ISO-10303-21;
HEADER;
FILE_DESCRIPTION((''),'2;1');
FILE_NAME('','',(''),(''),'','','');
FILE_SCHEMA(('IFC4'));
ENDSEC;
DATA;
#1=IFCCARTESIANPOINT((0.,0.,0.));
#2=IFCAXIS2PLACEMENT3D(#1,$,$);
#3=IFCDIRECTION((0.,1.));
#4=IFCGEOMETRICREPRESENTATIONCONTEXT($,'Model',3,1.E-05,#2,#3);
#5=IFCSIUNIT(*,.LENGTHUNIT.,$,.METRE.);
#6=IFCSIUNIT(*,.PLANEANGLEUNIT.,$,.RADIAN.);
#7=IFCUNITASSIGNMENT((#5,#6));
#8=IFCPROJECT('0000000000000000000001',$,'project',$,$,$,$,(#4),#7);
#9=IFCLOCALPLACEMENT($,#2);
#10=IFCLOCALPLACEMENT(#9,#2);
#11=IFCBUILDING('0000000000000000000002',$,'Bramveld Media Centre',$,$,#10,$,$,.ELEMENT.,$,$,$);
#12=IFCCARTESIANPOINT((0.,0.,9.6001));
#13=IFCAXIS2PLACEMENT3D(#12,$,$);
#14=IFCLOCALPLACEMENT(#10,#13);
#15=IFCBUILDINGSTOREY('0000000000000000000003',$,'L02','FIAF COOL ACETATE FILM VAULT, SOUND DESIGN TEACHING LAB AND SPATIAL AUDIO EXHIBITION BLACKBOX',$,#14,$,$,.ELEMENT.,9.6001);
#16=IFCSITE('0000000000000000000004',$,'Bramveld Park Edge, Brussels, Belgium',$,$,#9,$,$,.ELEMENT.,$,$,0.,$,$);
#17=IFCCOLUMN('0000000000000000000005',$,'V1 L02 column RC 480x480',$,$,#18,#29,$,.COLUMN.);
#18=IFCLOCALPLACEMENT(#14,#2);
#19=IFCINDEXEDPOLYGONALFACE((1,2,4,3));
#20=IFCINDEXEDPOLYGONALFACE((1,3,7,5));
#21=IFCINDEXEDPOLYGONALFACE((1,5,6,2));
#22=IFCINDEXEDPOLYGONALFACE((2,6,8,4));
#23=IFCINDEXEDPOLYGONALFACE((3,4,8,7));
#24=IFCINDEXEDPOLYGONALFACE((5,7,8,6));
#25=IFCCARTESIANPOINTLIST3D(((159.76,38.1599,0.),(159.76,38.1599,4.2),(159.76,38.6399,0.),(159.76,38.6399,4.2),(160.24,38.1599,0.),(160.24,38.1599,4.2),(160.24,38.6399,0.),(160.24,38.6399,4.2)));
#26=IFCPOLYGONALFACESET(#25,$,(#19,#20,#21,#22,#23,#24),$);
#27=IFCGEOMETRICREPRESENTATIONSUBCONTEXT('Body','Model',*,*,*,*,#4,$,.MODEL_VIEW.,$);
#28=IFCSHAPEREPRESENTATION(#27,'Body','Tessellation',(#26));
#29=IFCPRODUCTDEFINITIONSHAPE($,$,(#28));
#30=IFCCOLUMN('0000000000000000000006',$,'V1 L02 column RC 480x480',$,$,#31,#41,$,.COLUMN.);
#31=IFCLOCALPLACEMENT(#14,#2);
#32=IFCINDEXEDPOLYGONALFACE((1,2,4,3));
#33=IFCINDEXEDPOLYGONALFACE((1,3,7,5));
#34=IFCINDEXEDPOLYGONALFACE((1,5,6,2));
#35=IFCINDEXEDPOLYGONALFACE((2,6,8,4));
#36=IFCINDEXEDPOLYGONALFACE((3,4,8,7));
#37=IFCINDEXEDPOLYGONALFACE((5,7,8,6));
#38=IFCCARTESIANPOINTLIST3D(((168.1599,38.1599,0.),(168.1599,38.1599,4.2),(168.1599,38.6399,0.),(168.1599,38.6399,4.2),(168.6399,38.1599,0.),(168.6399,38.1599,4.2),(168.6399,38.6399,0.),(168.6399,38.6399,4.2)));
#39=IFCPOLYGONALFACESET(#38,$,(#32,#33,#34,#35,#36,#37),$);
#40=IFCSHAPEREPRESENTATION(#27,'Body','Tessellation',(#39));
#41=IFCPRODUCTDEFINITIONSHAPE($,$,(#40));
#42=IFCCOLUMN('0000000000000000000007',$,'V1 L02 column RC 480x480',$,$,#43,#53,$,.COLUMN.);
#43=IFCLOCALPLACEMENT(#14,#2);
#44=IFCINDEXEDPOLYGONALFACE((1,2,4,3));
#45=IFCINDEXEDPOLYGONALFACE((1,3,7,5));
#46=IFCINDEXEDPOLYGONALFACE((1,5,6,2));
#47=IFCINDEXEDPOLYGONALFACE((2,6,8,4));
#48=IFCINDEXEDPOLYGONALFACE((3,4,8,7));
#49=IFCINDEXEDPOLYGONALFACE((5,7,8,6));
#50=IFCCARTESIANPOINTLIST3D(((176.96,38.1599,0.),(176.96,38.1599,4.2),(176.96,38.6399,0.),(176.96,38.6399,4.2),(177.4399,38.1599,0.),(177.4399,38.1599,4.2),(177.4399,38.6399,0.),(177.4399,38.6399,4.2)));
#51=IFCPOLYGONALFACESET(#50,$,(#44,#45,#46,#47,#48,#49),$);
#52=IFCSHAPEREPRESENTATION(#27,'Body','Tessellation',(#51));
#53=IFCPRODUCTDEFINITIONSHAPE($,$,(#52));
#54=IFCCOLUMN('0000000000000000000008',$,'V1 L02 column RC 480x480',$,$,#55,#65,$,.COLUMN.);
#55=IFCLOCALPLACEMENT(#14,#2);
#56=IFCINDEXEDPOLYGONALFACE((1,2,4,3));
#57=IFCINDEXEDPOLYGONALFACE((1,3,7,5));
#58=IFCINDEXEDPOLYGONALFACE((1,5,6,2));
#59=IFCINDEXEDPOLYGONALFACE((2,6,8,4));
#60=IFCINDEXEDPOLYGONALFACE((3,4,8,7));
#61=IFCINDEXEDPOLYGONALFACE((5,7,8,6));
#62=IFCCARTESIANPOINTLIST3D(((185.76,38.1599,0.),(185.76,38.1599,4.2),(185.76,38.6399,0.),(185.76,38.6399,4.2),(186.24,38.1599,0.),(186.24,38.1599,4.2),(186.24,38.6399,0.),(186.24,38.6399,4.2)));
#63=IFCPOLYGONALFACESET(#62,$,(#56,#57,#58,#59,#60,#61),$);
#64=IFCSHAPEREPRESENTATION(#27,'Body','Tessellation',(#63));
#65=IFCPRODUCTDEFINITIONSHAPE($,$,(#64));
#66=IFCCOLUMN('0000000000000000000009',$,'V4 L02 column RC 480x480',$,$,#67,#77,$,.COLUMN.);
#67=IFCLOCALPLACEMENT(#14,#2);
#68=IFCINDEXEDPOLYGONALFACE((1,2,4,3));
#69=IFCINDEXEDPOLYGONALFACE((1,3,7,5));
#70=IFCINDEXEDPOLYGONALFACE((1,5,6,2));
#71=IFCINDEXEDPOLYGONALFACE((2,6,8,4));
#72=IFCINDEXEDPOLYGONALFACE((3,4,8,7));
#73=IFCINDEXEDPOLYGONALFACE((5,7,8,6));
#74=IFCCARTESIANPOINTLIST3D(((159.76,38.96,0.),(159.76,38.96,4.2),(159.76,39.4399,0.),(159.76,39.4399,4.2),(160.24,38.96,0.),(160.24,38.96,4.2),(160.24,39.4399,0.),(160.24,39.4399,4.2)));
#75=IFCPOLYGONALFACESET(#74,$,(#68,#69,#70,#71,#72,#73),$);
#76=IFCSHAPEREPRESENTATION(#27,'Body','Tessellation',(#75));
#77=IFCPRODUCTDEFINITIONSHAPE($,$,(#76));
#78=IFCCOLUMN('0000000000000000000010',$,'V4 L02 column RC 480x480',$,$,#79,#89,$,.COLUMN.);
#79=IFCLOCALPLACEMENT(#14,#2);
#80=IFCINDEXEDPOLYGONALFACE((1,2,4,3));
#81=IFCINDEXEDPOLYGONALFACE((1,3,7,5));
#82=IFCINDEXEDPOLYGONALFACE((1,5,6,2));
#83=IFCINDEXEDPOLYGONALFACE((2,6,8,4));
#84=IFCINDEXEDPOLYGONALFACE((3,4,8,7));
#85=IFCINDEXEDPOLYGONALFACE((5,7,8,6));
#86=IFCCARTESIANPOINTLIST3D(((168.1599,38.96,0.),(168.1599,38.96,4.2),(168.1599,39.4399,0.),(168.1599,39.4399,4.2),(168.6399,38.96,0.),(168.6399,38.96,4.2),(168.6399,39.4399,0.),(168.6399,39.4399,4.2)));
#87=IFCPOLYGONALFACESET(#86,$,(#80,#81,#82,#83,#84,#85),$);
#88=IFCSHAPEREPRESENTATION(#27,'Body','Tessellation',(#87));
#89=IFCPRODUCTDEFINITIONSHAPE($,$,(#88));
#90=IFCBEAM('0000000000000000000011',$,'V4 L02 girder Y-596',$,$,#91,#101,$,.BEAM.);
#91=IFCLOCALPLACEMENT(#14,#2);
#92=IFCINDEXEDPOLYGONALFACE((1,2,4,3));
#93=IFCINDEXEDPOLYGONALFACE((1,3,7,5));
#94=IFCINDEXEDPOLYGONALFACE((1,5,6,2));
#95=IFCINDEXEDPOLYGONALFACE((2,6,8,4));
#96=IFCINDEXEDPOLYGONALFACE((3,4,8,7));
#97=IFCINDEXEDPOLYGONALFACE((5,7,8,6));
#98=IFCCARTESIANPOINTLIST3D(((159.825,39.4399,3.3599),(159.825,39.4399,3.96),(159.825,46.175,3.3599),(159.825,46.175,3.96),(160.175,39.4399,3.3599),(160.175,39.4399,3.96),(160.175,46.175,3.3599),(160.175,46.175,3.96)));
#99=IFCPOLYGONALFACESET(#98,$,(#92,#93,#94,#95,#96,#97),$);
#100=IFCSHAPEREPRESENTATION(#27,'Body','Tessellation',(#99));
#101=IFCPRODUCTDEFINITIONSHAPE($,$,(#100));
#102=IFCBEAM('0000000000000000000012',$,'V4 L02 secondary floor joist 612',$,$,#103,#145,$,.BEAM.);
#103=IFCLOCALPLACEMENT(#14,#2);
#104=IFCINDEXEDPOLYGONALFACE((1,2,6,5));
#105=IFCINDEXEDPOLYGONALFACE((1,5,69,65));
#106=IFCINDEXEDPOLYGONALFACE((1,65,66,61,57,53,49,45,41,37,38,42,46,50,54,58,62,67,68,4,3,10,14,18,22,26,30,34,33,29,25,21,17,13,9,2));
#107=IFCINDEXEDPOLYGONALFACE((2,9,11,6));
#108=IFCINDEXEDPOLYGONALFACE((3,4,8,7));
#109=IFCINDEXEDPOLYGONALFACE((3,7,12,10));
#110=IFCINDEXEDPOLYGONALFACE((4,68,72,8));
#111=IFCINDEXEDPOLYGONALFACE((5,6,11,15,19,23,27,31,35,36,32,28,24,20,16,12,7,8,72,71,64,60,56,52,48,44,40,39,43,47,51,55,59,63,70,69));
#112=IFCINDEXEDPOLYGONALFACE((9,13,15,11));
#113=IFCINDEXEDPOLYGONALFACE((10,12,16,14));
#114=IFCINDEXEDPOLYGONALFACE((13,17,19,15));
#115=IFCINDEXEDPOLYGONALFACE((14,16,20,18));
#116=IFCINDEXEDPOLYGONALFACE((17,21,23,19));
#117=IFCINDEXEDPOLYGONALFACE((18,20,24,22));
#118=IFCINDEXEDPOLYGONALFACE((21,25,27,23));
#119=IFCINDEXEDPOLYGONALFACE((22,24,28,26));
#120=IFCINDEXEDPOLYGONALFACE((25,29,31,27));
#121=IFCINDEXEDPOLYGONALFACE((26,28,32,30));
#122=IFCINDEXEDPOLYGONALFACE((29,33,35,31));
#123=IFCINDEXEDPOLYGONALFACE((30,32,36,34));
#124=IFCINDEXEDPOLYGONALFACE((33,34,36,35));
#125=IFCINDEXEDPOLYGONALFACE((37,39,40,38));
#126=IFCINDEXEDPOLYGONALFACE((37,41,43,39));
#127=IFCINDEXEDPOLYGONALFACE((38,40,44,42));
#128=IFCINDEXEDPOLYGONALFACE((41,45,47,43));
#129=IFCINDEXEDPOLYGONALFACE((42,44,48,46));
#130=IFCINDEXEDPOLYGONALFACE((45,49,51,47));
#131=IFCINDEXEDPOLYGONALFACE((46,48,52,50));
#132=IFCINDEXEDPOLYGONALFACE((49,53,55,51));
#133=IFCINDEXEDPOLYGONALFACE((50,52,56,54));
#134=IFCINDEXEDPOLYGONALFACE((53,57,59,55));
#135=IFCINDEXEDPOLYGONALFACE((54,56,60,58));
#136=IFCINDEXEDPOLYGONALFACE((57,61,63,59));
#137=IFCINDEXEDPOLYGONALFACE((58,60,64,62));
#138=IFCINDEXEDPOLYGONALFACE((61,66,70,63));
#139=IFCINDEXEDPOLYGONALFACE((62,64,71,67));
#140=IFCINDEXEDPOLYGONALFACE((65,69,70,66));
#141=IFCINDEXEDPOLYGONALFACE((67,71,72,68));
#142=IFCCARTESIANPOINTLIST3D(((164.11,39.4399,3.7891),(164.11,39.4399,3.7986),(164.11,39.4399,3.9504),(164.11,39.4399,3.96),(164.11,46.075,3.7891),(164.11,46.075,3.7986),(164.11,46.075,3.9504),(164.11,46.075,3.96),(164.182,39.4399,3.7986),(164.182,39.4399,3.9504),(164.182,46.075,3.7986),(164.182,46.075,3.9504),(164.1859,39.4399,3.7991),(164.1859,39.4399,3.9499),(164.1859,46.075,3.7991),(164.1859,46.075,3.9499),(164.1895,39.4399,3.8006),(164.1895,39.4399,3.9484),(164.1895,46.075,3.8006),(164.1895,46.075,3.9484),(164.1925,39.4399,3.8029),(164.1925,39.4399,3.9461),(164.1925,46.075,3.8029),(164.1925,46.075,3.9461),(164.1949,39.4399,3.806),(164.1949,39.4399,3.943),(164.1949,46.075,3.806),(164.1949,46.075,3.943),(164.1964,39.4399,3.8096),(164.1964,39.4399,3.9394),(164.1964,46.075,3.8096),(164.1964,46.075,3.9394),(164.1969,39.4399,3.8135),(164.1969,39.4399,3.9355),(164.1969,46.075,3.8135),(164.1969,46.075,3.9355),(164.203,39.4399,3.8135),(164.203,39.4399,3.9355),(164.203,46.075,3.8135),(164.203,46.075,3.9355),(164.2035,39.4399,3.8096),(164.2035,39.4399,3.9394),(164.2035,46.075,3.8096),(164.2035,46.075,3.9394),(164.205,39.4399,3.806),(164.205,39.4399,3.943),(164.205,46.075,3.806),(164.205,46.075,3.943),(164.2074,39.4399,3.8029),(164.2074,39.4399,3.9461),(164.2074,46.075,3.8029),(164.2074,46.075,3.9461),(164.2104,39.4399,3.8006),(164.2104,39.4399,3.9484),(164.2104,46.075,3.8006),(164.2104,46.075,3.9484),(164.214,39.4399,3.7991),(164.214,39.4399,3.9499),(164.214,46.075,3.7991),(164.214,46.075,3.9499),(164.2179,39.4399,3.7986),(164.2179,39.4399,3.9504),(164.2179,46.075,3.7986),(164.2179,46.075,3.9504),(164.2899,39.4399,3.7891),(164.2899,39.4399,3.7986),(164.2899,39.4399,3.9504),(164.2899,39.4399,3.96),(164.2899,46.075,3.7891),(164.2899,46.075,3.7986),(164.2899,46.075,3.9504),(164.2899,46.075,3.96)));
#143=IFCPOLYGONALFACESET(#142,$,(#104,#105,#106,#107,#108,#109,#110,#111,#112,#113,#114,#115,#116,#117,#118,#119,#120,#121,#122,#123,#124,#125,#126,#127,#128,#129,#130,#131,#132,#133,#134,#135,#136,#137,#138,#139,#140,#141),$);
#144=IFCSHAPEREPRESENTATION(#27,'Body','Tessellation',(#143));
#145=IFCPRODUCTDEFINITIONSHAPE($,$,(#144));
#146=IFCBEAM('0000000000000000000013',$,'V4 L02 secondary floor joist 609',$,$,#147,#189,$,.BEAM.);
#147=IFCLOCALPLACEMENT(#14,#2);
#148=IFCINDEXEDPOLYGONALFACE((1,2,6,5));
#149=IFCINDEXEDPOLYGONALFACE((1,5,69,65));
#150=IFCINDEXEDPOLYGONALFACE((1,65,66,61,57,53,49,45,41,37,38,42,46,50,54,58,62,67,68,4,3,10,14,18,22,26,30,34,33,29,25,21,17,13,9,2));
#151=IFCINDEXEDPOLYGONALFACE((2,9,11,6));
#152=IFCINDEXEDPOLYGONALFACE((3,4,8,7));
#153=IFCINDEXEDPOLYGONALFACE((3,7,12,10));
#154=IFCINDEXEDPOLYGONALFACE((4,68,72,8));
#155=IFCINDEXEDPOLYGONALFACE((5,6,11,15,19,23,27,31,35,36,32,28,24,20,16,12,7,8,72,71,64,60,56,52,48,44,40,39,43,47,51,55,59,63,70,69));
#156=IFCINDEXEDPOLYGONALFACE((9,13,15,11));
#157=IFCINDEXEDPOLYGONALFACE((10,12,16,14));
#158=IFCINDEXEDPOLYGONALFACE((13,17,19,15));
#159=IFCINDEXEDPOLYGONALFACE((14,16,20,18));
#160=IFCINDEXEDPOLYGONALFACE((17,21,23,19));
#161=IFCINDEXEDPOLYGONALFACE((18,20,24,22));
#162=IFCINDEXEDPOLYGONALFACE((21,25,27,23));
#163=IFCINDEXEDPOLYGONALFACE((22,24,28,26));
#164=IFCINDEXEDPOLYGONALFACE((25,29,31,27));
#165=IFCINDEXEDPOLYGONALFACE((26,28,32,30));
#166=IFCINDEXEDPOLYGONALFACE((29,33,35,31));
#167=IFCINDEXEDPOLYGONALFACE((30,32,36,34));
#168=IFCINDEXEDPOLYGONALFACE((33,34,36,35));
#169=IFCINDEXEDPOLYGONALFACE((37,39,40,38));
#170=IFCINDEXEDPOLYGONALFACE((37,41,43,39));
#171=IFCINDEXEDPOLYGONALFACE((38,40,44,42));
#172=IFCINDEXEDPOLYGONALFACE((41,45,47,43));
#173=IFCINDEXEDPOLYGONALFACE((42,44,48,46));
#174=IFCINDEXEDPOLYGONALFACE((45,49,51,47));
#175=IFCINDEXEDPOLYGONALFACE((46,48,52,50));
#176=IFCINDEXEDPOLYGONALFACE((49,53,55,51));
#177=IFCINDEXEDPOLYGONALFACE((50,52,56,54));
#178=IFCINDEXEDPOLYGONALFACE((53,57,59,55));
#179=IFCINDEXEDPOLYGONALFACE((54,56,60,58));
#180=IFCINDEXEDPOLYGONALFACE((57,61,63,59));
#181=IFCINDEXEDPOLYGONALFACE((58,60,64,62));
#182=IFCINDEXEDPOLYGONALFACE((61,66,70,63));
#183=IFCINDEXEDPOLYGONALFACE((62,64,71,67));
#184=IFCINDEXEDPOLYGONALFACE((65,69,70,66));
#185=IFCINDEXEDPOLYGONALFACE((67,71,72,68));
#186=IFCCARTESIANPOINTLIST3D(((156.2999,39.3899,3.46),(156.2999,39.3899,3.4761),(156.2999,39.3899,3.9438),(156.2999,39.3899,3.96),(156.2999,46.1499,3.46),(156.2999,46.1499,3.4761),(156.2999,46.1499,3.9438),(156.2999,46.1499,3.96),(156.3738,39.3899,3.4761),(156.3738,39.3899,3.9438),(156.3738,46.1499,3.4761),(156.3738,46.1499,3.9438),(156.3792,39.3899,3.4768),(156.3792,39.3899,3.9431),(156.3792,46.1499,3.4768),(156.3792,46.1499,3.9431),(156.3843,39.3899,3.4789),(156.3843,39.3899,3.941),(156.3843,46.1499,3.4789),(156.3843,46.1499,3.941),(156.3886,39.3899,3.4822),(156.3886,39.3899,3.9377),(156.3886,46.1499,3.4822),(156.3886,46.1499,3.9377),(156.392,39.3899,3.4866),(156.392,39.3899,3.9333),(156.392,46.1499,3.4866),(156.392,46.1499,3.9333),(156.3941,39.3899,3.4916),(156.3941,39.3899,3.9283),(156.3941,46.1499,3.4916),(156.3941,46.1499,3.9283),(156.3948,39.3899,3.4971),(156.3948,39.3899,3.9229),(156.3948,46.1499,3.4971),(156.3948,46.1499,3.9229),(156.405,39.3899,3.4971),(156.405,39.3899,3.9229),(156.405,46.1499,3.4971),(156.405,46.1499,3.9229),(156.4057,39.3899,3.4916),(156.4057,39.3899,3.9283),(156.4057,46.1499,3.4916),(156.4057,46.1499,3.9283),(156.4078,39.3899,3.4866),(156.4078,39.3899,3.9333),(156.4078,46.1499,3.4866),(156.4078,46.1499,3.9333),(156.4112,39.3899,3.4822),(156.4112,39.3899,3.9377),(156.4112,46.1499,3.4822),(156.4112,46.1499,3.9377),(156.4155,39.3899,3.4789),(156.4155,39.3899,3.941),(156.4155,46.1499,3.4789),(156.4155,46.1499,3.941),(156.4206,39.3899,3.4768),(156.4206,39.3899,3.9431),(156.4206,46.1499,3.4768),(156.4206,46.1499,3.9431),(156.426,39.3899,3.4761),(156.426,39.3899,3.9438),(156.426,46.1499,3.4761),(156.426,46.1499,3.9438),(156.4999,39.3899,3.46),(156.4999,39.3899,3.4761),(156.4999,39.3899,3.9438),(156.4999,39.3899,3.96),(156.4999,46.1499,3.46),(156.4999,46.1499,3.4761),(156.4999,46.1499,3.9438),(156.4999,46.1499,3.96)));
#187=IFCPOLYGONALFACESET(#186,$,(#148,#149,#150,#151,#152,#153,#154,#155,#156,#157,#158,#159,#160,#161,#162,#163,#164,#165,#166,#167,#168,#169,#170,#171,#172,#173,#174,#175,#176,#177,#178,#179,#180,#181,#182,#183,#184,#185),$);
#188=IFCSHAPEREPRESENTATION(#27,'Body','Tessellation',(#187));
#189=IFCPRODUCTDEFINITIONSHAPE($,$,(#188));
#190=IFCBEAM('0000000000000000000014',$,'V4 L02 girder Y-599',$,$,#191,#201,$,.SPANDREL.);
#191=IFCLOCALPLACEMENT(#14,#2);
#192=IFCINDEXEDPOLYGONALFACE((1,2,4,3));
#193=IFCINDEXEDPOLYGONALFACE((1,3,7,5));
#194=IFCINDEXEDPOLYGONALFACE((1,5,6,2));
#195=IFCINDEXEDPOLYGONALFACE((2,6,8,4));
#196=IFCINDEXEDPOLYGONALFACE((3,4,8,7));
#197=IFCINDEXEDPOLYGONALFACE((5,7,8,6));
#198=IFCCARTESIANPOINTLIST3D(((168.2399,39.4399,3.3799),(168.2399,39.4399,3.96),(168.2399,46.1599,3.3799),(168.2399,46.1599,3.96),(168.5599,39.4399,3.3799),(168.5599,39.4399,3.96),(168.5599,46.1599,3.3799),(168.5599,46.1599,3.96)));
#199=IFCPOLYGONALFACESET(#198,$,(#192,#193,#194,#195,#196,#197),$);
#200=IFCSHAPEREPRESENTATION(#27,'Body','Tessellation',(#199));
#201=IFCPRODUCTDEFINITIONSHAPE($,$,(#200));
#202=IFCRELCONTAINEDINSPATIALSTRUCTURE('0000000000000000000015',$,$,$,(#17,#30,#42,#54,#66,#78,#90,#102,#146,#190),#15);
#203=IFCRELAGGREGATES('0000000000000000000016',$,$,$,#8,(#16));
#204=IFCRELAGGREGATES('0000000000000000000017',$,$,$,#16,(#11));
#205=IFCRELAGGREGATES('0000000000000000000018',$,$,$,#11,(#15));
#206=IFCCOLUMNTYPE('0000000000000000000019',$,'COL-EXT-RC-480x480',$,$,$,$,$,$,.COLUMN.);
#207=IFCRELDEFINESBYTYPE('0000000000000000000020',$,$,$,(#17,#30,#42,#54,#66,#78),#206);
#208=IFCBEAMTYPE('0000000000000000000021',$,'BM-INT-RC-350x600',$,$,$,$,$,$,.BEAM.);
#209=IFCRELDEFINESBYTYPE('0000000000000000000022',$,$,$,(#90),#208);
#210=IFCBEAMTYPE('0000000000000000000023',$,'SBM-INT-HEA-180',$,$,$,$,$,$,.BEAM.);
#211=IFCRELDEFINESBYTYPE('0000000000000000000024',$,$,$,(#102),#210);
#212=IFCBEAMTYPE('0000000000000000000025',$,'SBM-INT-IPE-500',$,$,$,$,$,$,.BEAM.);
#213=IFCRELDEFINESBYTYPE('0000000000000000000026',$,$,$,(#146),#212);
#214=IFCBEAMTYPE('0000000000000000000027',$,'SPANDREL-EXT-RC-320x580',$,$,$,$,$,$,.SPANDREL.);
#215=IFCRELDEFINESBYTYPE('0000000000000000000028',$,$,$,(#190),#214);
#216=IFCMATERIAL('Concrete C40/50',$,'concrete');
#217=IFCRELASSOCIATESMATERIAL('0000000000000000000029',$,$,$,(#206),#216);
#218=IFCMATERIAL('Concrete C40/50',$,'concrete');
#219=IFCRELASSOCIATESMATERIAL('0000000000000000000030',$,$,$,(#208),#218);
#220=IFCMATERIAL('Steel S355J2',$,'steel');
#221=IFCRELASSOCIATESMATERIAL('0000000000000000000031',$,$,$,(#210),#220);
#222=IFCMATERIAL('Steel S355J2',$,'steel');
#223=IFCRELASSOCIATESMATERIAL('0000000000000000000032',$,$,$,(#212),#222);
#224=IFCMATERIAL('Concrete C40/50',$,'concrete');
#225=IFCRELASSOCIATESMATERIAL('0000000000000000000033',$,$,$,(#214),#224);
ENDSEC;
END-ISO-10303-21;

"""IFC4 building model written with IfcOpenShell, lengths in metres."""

from ifc_helpers import new_model, si_unit, direction, frame, origin, origin_2d, place, context, subcontext, project, spatial, rectangle, i_section, extrude, material, material_profile, profile_set, type_object, element, save


model = new_model("IFC4")

# Units and contexts
model_context = context("Model", 3, precision=1e-05, world=origin(), true_north=direction((0.0, 1.0)))
body_context = subcontext(model_context, "Body", "Model", "MODEL_VIEW")
ifc_project = project(units=[si_unit("LENGTHUNIT", "METRE"), si_unit("PLANEANGLEUNIT", "RADIAN")], contexts=[model_context])

# Site, building, storey
site_placement = place(None, origin())
site = spatial("IfcSite", under=ifc_project, at=site_placement, Name="Bramveld Park Edge, Brussels, Belgium", CompositionType="ELEMENT", RefElevation=0.0)
building_placement = place(site_placement, origin())
building = spatial("IfcBuilding", under=site, at=building_placement, Name="Bramveld Media Centre", CompositionType="ELEMENT")
storey_placement = place(building_placement, frame((0.0, 0.0, 9.6001)))
storey = spatial("IfcBuildingStorey", under=building, at=storey_placement, Name="L02", Description="FIAF COOL ACETATE FILM VAULT, SOUND DESIGN TEACHING LAB AND SPATIAL AUDIO EXHIBITION BLACKBOX", CompositionType="ELEMENT", Elevation=9.6001)

# Columns
ifc_material_1 = material(Name="Concrete C40/50", Category="concrete")
ifc_material_profile_1 = material_profile(ifc_material_1, rectangle(XDim=0.48, YDim=0.48, at=origin_2d()), Name="RC 480x480")
ifc_profile_set_1 = profile_set([ifc_material_profile_1], Name="Concrete C40/50")
column_type = type_object("IfcColumnType", Name="COL-EXT-RC-480x480", PredefinedType="COLUMN", material=ifc_profile_set_1)
for number, where, z_axis, x_axis, name in (
    (1, (160.0, 38.3999, 0.0), (0.0, 0.0, 1.0), (1.0, 0.0, 0.0), "V1 L02 column RC 480x480"),
    (2, (168.3999, 38.3999, 0.0), (0.0, 0.0, 1.0), (1.0, 0.0, 0.0), "V1 L02 column RC 480x480"),
    (3, (177.2, 38.3999, 0.0), (0.0, 0.0, 1.0), (1.0, 0.0, 0.0), "V1 L02 column RC 480x480"),
    (4, (186.0, 38.3999, 0.0), (0.0, 0.0, 1.0), (1.0, 0.0, 0.0), "V1 L02 column RC 480x480"),
    (5, (160.0, 39.2, 0.0), (0.0, 0.0, 1.0), (1.0, 0.0, 0.0), "V4 L02 column RC 480x480"),
    (6, (168.3999, 39.2, 0.0), (0.0, 0.0, 1.0), (1.0, 0.0, 0.0), "V4 L02 column RC 480x480"),
):
    element("IfcColumn", number, at=place(storey_placement, frame(where, z_axis=z_axis, x_axis=x_axis)), inside=storey, type_object=column_type, Name=name, PredefinedType="COLUMN", context=body_context, shape_type="SweptSolid", body=[
        extrude(rectangle(XDim=0.48, YDim=0.48, at=origin_2d()), origin(), (0.0, 0.0, 1.0), 4.2),
    ])

# Beams
ifc_material_2 = material(Name="Concrete C40/50", Category="concrete")
ifc_material_profile_2 = material_profile(ifc_material_2, rectangle(XDim=0.3501, YDim=0.6001, at=origin_2d()), Name="RC 350x600")
ifc_profile_set_2 = profile_set([ifc_material_profile_2], Name="Concrete C40/50")
beam_type_1 = type_object("IfcBeamType", Name="BM-INT-RC-350x600", PredefinedType="BEAM", material=ifc_profile_set_2)
beam_1_placement = place(storey_placement, frame((160.0, 39.4399, 3.6599), z_axis=(0.0, 1.0, 0.0), x_axis=(-1.0, 0.0, 0.0)))
element("IfcBeam", 7, at=beam_1_placement, inside=storey, type_object=beam_type_1, Name="V4 L02 girder Y-596", PredefinedType="BEAM", context=body_context, shape_type="SweptSolid", body=[
    extrude(rectangle(XDim=0.3501, YDim=0.6001, at=origin_2d()), origin(), (0.0, 0.0, 1.0), 6.7351),
])
ifc_material_3 = material(Name="Steel S355J2", Category="steel")
ifc_material_profile_3 = material_profile(ifc_material_3, i_section(OverallWidth=0.1799, OverallDepth=0.1709, WebThickness=0.0061, FlangeThickness=0.0095, FilletRadius=0.0149, at=origin_2d()), Name="HEA 180")
ifc_profile_set_3 = profile_set([ifc_material_profile_3], Name="Steel S355J2")
beam_type_2 = type_object("IfcBeamType", Name="SBM-INT-HEA-180", PredefinedType="BEAM", material=ifc_profile_set_3)
beam_2_placement = place(storey_placement, frame((164.2, 39.4399, 3.8745), z_axis=(0.0, 1.0, 0.0), x_axis=(-1.0, 0.0, 0.0)))
element("IfcBeam", 8, at=beam_2_placement, inside=storey, type_object=beam_type_2, Name="V4 L02 secondary floor joist 612", PredefinedType="BEAM", context=body_context, shape_type="SweptSolid", body=[
    extrude(i_section(OverallWidth=0.1799, OverallDepth=0.1709, WebThickness=0.0061, FlangeThickness=0.0095, FilletRadius=0.0149, at=origin_2d()), origin(), (0.0, 0.0, 1.0), 6.635),
])
ifc_material_4 = material(Name="Steel S355J2", Category="steel")
ifc_material_profile_4 = material_profile(ifc_material_4, i_section(OverallWidth=0.2, OverallDepth=0.5, WebThickness=0.0103, FlangeThickness=0.0161, FilletRadius=0.021, at=origin_2d()), Name="IPE 500")
ifc_profile_set_4 = profile_set([ifc_material_profile_4], Name="Steel S355J2")
beam_type_3 = type_object("IfcBeamType", Name="SBM-INT-IPE-500", PredefinedType="BEAM", material=ifc_profile_set_4)
beam_3_placement = place(storey_placement, frame((156.3999, 39.3899, 3.71), z_axis=(0.0, 1.0, 0.0), x_axis=(-1.0, 0.0, 0.0)))
element("IfcBeam", 9, at=beam_3_placement, inside=storey, type_object=beam_type_3, Name="V4 L02 secondary floor joist 609", PredefinedType="BEAM", context=body_context, shape_type="SweptSolid", body=[
    extrude(i_section(OverallWidth=0.2, OverallDepth=0.5, WebThickness=0.0103, FlangeThickness=0.0161, FilletRadius=0.021, at=origin_2d()), origin(), (0.0, 0.0, 1.0), 6.76),
])
ifc_material_5 = material(Name="Concrete C40/50", Category="concrete")
ifc_material_profile_5 = material_profile(ifc_material_5, rectangle(XDim=0.3201, YDim=0.5801, at=origin_2d()), Name="RC 320x580")
ifc_profile_set_5 = profile_set([ifc_material_profile_5], Name="Concrete C40/50")
beam_type_4 = type_object("IfcBeamType", Name="SPANDREL-EXT-RC-320x580", PredefinedType="SPANDREL", material=ifc_profile_set_5)
beam_4_placement = place(storey_placement, frame((168.3999, 39.4399, 3.6699), z_axis=(0.0, 1.0, 0.0), x_axis=(-1.0, 0.0, 0.0)))
element("IfcBeam", 10, at=beam_4_placement, inside=storey, type_object=beam_type_4, Name="V4 L02 girder Y-599", PredefinedType="SPANDREL", context=body_context, shape_type="SweptSolid", body=[
    extrude(rectangle(XDim=0.3201, YDim=0.5801, at=origin_2d()), origin(), (0.0, 0.0, 1.0), 6.72),
])

save(model, "model.ifc")
